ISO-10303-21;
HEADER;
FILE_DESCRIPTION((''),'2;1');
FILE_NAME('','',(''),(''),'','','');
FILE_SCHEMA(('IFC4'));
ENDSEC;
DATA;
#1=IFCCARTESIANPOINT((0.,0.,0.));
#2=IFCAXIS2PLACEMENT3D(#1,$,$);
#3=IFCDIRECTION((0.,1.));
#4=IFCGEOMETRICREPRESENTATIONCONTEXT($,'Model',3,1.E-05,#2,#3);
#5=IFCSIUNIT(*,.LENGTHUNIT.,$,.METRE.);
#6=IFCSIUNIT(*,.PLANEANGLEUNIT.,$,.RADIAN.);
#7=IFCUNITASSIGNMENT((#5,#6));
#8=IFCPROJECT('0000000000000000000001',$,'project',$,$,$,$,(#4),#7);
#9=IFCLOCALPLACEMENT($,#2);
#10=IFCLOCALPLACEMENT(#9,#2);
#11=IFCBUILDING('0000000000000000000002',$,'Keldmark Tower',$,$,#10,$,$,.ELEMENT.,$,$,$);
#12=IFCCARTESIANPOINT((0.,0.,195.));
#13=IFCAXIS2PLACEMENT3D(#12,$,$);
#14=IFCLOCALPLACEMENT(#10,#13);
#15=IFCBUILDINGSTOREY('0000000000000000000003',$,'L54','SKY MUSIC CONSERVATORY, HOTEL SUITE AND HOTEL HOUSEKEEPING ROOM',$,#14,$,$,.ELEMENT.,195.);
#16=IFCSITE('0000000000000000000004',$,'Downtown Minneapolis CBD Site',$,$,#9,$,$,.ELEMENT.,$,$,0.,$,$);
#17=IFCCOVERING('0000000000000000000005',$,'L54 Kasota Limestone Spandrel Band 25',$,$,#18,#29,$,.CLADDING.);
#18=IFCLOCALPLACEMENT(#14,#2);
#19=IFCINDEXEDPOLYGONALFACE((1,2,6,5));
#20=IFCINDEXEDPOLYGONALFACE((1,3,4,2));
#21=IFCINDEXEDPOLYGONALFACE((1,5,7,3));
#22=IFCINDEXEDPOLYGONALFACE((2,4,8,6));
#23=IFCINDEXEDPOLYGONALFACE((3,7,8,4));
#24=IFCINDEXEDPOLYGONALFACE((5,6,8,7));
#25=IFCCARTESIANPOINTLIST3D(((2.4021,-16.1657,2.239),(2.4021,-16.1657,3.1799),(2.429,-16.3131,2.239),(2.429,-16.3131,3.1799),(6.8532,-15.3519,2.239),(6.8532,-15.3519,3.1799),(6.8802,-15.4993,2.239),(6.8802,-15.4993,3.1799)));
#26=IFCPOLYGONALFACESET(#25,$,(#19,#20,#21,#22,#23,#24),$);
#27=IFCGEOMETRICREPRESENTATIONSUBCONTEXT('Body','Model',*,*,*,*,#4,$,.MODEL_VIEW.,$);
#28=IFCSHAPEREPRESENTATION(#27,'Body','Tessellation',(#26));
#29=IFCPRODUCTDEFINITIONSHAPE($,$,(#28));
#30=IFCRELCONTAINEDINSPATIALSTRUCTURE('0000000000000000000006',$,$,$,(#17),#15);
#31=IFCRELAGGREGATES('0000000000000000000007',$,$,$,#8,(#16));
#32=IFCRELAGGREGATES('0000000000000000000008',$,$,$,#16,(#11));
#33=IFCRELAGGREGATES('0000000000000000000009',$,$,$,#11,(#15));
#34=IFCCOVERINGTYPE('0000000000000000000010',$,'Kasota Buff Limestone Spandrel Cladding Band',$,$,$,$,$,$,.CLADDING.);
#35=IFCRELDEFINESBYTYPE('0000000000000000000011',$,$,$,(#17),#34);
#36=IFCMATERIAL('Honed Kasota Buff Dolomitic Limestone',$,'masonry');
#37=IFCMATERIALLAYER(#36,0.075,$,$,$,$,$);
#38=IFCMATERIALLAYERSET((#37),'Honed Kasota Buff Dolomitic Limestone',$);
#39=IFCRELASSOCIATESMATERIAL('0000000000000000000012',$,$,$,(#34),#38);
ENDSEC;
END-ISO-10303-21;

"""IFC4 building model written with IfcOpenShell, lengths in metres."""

from ifc_helpers import new_model, si_unit, direction, frame, origin, origin_2d, place, context, subcontext, project, spatial, rectangle, extrude, material, layer, layer_set, type_object, element, save


model = new_model("IFC4")

# Units and contexts
model_context = context("Model", 3, precision=1e-05, world=origin(), true_north=direction((0.0, 1.0)))
body_context = subcontext(model_context, "Body", "Model", "MODEL_VIEW")
ifc_project = project(units=[si_unit("LENGTHUNIT", "METRE"), si_unit("PLANEANGLEUNIT", "RADIAN")], contexts=[model_context])

# Site, building, storey
site_placement = place(None, origin())
site = spatial("IfcSite", under=ifc_project, at=site_placement, Name="Downtown Minneapolis CBD Site", CompositionType="ELEMENT", RefElevation=0.0)
building_placement = place(site_placement, origin())
building = spatial("IfcBuilding", under=site, at=building_placement, Name="Keldmark Tower", CompositionType="ELEMENT")
storey_placement = place(building_placement, frame((0.0, 0.0, 195.0)))
storey = spatial("IfcBuildingStorey", under=building, at=storey_placement, Name="L54", Description="SKY MUSIC CONSERVATORY, HOTEL SUITE AND HOTEL HOUSEKEEPING ROOM", CompositionType="ELEMENT", Elevation=195.0)

# Covering
ifc_material_1 = material(Name="Honed Kasota Buff Dolomitic Limestone", Category="masonry")
ifc_layer_1 = layer(ifc_material_1, 0.075)
ifc_layer_set_1 = layer_set([ifc_layer_1], Name="Honed Kasota Buff Dolomitic Limestone")
covering_type = type_object("IfcCoveringType", Name="Kasota Buff Limestone Spandrel Cladding Band", PredefinedType="CLADDING", material=ifc_layer_set_1)
covering_placement = place(storey_placement, frame((4.6411, -15.8325, 2.239), z_axis=(0.0, 0.0, 1.0), x_axis=(0.983694, 0.17985, 0.0)))
element("IfcCovering", 1, at=covering_placement, inside=storey, type_object=covering_type, Name="L54 Kasota Limestone Spandrel Band 25", PredefinedType="CLADDING", context=body_context, shape_type="SweptSolid", body=[
    extrude(rectangle(XDim=4.5249, YDim=0.1499, at=origin_2d()), origin(), (0.0, 0.0, 1.0), 0.9409),
])

save(model, "model.ifc")
